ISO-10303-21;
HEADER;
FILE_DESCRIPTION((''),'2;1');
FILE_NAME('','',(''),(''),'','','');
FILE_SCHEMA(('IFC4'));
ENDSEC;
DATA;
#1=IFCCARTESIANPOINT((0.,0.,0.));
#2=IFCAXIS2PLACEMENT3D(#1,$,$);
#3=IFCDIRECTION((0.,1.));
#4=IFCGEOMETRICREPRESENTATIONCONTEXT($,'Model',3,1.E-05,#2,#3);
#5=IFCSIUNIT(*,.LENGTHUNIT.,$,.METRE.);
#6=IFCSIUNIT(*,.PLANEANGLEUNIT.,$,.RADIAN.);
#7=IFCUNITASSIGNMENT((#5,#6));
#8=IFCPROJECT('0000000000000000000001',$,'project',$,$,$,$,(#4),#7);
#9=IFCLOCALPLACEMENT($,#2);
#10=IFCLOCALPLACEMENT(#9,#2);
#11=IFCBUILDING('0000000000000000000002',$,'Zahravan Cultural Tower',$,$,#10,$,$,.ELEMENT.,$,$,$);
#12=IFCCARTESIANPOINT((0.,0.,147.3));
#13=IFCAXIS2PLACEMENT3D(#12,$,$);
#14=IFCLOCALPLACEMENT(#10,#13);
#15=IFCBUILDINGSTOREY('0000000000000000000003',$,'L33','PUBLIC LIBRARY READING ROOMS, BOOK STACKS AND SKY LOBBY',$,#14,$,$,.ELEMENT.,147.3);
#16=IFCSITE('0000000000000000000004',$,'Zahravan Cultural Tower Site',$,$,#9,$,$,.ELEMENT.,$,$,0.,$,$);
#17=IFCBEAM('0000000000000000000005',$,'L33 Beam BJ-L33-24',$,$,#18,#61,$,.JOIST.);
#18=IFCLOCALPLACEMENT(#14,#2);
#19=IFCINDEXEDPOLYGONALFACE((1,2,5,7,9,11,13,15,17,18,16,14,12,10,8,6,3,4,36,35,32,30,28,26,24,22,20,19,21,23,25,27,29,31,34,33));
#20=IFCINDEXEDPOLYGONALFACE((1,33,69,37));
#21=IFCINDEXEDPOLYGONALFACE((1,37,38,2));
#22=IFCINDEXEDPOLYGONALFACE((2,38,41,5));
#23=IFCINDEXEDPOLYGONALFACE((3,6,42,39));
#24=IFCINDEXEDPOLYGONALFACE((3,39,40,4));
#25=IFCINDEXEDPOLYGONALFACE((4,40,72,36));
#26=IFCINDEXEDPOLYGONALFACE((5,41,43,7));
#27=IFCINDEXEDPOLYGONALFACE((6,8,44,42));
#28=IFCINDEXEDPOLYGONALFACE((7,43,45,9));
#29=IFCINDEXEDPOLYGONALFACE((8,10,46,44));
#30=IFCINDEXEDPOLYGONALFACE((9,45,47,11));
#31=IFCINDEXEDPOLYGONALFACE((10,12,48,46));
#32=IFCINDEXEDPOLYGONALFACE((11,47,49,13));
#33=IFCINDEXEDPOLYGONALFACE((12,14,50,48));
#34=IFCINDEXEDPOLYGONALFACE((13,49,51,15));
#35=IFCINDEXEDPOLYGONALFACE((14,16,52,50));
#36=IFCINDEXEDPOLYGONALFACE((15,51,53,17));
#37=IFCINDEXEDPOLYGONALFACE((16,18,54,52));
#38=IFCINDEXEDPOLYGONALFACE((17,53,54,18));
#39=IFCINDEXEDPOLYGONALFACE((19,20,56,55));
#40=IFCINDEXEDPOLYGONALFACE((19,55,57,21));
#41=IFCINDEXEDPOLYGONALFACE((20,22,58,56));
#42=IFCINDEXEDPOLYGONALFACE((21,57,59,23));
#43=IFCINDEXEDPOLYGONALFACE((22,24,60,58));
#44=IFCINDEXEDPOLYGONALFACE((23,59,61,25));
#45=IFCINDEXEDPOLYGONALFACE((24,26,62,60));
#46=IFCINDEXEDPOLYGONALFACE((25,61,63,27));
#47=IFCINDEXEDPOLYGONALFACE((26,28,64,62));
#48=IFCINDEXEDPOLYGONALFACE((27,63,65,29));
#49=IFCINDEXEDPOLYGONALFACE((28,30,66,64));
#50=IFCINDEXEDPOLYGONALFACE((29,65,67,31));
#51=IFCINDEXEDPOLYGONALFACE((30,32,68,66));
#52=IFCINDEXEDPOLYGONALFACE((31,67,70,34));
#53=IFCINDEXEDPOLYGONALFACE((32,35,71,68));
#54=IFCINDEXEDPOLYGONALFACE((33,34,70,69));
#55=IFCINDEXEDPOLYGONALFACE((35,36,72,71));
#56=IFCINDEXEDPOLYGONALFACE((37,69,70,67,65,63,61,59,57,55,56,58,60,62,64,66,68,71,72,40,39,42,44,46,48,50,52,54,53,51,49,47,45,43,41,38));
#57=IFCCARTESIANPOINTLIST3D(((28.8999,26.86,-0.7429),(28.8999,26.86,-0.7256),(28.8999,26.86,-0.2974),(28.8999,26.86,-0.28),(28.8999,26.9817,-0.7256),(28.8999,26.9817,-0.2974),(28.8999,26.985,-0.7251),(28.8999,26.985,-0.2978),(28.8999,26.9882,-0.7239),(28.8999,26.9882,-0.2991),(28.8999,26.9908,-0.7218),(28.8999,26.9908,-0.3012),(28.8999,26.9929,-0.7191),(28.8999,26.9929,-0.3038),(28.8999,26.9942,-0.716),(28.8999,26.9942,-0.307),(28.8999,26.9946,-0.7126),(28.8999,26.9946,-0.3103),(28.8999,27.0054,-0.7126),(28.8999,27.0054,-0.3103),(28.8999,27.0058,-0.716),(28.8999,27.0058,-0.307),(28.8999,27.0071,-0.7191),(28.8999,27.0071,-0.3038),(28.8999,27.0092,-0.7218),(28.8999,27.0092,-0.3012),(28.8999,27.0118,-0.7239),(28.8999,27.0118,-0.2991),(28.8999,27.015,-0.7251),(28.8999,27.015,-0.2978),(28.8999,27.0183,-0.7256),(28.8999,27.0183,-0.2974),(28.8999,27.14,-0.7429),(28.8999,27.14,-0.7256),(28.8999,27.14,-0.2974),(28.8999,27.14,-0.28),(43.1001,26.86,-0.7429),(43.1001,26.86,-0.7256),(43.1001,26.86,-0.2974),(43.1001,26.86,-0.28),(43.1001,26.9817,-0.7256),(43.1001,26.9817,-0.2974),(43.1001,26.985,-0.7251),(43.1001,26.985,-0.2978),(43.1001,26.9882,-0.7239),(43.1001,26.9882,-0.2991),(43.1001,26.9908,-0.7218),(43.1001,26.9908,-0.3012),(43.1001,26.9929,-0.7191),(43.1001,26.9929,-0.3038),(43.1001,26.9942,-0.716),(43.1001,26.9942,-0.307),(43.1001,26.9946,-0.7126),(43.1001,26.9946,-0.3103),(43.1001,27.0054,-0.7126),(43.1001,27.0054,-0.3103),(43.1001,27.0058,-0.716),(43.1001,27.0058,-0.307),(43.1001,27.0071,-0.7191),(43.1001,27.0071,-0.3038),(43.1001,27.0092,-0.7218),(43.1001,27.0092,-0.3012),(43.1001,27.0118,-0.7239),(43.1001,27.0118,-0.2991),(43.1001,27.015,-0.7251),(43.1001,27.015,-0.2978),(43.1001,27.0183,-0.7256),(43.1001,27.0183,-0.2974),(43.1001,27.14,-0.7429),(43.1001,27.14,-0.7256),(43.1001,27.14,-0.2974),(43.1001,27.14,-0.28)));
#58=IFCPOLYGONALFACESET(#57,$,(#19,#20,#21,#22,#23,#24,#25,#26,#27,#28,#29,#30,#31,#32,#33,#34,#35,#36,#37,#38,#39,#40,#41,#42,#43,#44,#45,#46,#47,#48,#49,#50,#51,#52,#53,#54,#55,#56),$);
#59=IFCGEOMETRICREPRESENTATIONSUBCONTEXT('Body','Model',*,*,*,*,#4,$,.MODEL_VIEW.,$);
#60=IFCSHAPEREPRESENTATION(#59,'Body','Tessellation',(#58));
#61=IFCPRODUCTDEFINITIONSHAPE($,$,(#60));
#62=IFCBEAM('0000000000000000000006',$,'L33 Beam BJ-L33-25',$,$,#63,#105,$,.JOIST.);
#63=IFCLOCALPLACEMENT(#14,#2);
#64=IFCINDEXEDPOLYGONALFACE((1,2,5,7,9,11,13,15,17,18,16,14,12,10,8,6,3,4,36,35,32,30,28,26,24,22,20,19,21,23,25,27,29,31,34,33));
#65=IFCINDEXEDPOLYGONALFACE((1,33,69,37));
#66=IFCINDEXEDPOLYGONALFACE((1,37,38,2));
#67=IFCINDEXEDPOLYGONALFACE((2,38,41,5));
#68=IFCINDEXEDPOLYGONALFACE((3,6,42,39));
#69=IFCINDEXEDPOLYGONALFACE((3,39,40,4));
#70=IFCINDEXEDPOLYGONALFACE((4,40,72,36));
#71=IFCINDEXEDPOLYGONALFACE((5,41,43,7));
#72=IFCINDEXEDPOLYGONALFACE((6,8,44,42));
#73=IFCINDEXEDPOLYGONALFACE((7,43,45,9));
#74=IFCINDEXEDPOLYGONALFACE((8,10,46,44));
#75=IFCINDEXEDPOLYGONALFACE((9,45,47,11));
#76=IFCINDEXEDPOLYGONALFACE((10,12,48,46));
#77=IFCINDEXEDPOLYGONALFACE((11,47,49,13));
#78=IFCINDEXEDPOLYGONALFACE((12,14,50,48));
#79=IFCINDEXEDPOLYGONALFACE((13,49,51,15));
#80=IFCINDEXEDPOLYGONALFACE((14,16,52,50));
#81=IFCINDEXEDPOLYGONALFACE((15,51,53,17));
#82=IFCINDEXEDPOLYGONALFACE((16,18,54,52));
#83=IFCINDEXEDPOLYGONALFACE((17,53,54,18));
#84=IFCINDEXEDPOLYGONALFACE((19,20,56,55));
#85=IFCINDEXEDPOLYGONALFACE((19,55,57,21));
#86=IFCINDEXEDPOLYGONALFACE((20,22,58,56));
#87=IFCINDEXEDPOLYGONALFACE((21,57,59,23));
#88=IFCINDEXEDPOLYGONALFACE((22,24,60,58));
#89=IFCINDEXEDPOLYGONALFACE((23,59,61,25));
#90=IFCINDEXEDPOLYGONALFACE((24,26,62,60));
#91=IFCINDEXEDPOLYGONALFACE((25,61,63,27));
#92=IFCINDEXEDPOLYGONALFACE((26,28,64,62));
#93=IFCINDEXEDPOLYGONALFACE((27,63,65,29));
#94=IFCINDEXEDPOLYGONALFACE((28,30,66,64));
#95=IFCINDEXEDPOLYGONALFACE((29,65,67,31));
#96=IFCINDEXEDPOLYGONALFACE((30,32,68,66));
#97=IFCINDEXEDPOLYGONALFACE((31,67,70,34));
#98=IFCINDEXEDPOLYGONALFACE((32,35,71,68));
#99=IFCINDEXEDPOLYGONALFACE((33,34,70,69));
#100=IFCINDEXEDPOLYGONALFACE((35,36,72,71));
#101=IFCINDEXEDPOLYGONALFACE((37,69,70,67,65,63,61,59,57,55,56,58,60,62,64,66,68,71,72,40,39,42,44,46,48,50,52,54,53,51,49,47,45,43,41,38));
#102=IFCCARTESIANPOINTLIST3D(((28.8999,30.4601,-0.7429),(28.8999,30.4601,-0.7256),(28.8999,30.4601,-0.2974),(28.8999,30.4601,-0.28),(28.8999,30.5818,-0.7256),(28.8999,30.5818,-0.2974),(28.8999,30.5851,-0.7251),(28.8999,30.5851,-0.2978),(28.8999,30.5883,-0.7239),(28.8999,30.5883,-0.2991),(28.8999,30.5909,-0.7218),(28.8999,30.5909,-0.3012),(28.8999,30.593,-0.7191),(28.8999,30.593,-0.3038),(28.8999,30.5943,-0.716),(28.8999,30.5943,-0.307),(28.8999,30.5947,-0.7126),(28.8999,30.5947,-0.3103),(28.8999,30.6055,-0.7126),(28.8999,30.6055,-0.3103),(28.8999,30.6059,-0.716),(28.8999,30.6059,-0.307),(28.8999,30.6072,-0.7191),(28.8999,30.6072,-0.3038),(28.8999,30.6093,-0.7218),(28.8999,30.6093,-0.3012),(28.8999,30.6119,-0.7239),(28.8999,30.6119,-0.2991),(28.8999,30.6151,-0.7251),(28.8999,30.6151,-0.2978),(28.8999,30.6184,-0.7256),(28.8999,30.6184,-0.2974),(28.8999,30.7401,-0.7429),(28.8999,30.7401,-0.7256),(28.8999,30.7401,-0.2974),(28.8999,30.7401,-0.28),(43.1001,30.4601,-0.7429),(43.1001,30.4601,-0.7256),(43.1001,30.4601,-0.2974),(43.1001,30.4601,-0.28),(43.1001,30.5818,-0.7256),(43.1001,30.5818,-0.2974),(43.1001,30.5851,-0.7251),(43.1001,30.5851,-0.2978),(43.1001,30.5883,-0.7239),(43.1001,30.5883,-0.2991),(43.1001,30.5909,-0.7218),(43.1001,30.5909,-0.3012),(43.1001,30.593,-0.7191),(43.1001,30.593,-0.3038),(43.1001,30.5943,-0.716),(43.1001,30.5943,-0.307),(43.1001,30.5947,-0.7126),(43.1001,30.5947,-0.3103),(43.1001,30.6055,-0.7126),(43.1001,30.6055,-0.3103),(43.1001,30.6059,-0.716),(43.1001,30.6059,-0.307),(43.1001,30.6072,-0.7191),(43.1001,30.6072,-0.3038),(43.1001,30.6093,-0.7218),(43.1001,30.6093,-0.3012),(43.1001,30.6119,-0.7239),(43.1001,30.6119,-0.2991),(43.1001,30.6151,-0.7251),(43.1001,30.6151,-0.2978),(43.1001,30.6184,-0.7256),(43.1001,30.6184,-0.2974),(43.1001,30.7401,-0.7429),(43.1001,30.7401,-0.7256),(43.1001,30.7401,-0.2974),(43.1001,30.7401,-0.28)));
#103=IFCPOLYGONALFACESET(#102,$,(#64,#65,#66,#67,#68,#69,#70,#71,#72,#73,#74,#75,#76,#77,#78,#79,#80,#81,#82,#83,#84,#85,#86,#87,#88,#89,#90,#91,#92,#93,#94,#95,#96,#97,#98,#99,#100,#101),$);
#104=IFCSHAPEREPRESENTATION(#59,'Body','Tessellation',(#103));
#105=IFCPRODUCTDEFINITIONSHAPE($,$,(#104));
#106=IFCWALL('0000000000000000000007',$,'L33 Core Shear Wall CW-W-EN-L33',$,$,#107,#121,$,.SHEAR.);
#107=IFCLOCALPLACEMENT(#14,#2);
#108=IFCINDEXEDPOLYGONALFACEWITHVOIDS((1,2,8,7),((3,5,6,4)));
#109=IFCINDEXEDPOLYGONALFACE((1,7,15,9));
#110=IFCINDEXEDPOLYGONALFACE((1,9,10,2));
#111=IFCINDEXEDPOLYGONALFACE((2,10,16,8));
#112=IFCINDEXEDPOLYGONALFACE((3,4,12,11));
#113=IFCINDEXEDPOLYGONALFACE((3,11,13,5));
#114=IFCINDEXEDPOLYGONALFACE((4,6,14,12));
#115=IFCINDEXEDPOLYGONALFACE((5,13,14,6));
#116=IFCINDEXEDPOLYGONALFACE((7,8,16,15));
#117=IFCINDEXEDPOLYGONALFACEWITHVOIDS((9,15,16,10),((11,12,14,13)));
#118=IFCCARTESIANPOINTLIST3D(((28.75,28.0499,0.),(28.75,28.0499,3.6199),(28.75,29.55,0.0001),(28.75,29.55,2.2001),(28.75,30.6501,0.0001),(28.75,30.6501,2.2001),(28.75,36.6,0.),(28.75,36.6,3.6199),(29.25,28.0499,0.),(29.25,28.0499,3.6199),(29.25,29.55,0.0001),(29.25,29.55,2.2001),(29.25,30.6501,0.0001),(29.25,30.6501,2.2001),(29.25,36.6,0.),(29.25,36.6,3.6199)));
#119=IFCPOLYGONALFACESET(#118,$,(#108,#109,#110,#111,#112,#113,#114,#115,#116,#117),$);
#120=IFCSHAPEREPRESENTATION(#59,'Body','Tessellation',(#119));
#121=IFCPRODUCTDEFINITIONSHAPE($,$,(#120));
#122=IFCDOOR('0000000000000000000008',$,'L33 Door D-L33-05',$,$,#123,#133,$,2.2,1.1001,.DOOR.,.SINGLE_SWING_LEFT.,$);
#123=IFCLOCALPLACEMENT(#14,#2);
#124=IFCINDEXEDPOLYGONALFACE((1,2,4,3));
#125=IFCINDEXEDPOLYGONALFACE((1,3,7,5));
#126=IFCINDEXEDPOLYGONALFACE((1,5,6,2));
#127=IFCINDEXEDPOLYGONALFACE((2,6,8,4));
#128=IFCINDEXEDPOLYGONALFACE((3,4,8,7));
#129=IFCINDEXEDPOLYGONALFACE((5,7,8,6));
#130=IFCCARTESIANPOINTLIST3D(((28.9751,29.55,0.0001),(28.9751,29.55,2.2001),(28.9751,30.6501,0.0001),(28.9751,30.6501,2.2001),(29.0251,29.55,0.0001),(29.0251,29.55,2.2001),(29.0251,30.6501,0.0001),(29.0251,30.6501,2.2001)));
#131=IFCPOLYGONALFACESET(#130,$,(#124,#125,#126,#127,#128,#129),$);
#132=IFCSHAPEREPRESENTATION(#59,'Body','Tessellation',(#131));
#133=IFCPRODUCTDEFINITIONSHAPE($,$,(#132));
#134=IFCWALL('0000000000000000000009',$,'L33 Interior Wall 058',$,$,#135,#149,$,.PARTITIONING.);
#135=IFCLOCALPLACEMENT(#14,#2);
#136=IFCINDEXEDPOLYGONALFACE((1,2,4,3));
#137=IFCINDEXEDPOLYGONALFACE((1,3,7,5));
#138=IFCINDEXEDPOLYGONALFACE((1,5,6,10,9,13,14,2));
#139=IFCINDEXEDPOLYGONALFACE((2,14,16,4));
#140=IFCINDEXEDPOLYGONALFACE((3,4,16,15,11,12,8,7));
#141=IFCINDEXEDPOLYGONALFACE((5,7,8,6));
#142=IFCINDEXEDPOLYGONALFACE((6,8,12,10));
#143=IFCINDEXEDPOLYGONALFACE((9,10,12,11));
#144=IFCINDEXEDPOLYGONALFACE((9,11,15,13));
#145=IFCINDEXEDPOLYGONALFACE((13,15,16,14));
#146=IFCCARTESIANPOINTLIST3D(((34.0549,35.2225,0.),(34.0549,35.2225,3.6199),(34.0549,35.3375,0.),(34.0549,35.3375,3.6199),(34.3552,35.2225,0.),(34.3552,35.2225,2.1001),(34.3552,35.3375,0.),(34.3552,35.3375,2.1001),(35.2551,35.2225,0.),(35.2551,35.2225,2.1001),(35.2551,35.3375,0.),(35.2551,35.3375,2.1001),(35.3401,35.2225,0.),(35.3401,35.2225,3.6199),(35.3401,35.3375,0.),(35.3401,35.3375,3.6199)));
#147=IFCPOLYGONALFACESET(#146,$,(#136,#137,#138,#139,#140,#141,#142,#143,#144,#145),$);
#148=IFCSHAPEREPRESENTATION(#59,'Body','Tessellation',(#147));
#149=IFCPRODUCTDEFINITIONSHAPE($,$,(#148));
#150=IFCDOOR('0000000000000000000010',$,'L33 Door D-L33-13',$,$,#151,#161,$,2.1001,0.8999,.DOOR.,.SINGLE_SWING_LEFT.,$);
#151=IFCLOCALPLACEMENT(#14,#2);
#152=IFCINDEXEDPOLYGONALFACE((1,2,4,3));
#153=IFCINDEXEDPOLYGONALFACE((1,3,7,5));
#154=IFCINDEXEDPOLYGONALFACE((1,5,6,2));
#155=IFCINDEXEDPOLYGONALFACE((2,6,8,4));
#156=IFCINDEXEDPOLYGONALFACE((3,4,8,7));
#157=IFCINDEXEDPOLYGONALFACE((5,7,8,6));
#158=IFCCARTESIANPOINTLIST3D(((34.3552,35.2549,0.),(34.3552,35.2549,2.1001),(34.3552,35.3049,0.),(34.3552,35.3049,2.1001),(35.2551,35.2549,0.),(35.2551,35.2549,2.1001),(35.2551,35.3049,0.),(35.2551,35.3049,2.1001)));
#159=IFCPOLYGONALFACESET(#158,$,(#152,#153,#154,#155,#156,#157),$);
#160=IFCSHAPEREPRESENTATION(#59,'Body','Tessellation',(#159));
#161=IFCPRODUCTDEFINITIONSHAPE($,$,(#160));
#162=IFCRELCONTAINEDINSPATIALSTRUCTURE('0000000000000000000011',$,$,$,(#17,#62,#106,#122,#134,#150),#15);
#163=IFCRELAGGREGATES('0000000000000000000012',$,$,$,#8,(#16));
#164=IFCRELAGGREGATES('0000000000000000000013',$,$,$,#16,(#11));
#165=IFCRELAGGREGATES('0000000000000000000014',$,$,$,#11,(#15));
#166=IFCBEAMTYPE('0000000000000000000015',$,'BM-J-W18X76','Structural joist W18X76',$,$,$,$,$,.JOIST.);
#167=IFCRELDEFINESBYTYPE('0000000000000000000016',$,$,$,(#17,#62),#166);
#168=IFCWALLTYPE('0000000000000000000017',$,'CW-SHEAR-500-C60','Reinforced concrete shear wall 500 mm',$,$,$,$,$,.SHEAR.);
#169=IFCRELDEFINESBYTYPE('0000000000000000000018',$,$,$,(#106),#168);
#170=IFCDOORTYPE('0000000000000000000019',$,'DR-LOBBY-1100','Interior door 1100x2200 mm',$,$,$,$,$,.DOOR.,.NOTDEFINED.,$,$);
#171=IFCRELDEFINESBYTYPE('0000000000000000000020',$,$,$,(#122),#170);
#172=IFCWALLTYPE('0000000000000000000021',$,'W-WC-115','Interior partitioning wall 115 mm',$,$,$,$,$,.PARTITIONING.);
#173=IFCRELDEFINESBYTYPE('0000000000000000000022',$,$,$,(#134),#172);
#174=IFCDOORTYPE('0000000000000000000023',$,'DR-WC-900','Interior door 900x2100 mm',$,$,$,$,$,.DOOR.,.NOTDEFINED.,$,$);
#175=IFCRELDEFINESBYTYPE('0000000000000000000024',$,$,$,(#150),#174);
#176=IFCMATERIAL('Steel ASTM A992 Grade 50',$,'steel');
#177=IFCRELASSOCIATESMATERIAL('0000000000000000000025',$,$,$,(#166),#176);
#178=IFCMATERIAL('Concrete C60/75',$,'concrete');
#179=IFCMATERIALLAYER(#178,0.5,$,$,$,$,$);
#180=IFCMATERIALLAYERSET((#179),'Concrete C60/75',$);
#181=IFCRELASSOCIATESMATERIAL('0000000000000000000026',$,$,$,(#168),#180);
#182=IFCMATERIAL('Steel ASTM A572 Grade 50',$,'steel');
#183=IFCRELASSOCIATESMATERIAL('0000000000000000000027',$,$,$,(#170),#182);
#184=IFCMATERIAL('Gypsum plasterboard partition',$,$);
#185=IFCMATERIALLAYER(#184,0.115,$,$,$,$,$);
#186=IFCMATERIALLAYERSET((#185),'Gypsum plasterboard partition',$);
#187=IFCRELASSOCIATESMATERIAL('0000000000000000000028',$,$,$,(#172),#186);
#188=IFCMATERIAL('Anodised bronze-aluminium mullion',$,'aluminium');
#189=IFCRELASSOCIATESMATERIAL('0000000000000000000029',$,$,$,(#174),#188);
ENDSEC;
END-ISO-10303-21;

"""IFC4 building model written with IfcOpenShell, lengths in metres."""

from ifc_helpers import new_model, si_unit, direction, frame, frame_2d, origin, origin_2d, place, context, subcontext, project, spatial, rectangle, i_section, extrude, source, transform, mapped, material, layer, layer_set, material_profile, profile_set, type_object, element, fill, save


model = new_model("IFC4")

# Units and contexts
model_context = context("Model", 3, precision=1e-05, world=origin(), true_north=direction((0.0, 1.0)))
body_context = subcontext(model_context, "Body", "Model", "MODEL_VIEW")
ifc_project = project(units=[si_unit("LENGTHUNIT", "METRE"), si_unit("PLANEANGLEUNIT", "RADIAN")], contexts=[model_context])

# Site, building, storey
site_placement = place(None, origin())
site = spatial("IfcSite", under=ifc_project, at=site_placement, Name="Zahravan Cultural Tower Site", CompositionType="ELEMENT", RefElevation=0.0)
building_placement = place(site_placement, origin())
building = spatial("IfcBuilding", under=site, at=building_placement, Name="Zahravan Cultural Tower", CompositionType="ELEMENT")
storey_placement = place(building_placement, frame((0.0, 0.0, 147.3)))
storey = spatial("IfcBuildingStorey", under=building, at=storey_placement, Name="L33", Description="PUBLIC LIBRARY READING ROOMS, BOOK STACKS AND SKY LOBBY", CompositionType="ELEMENT", Elevation=147.3)

# Beams
ifc_material_1 = material(Name="Steel ASTM A992 Grade 50", Category="steel")
ifc_material_profile_1 = material_profile(ifc_material_1, i_section(OverallWidth=0.28, OverallDepth=0.4629, WebThickness=0.0107, FlangeThickness=0.0173, FilletRadius=0.0129, at=origin_2d()), Name="W18X76")
ifc_profile_set_1 = profile_set([ifc_material_profile_1], Name="Steel ASTM A992 Grade 50")
beam_type_1 = type_object("IfcBeamType", Name="BM-J-W18X76", Description="Structural joist W18X76", PredefinedType="JOIST", material=ifc_profile_set_1)
shared_shape_1 = source(origin(), body_context, "Body", "SweptSolid", [
    extrude(i_section(OverallWidth=0.28, OverallDepth=0.4629, WebThickness=0.0107, FlangeThickness=0.0173, FilletRadius=0.0129, at=origin_2d()), origin(), (0.0, 0.0, 1.0), 14.2002),
])
for number, where, z_axis, x_axis, name in (
    (1, (28.8999, 27.0, -0.5115), (1.0, 0.0, 0.0), (0.0, 1.0, 0.0), "L33 Beam BJ-L33-24"),
    (2, (28.8999, 30.6001, -0.5115), (1.0, 0.0, 0.0), (0.0, 1.0, 0.0), "L33 Beam BJ-L33-25"),
):
    element("IfcBeam", number, at=place(storey_placement, frame(where, z_axis=z_axis, x_axis=x_axis)), inside=storey, type_object=beam_type_1, Name=name, PredefinedType="JOIST", context=body_context, shape_type="MappedRepresentation", body=[
        mapped(shared_shape_1, transform((0.0, 0.0, 0.0), x_axis=(1.0, 0.0, 0.0), y_axis=(0.0, 1.0, 0.0), z_axis=(0.0, 0.0, 1.0), scale=1.0)),
    ])

# Walls, openings, doors
ifc_material_2 = material(Name="Concrete C60/75", Category="concrete")
ifc_layer_1 = layer(ifc_material_2, 0.5)
ifc_layer_set_1 = layer_set([ifc_layer_1], Name="Concrete C60/75")
wall_type_1 = type_object("IfcWallType", Name="CW-SHEAR-500-C60", Description="Reinforced concrete shear wall 500 mm", PredefinedType="SHEAR", material=ifc_layer_set_1)
wall_1_placement = place(storey_placement, frame((29.0, 28.05, 0.0), z_axis=(0.0, 0.0, 1.0), x_axis=(0.0, 1.0, 0.0)))
wall_1 = element("IfcWall", 3, at=wall_1_placement, inside=storey, type_object=wall_type_1, Name="L33 Core Shear Wall CW-W-EN-L33", PredefinedType="SHEAR", context=body_context, shape_type="SweptSolid", body=[
    extrude(rectangle(XDim=8.55, YDim=0.5, at=frame_2d((4.2749, 0.0))), origin(), (0.0, 0.0, 1.0), 3.6199),
])
opening_1_placement = place(wall_1_placement, frame((1.5, 0.0, 0.0)))
opening_1 = element("IfcOpeningElement", 4, at=opening_1_placement, cuts=wall_1, PredefinedType="OPENING", context=body_context, shape_type="SweptSolid", body=[
    extrude(rectangle(XDim=1.1001, YDim=2.2, at=frame_2d((0.55, 1.1001))), frame((0.0, 0.26, 0.0), z_axis=(0.0, -1.0, 0.0), x_axis=(1.0, 0.0, 0.0)), (0.0, 0.0, 1.0), 0.52),
])
ifc_material_3 = material(Name="Steel ASTM A572 Grade 50", Category="steel")
door_type_1 = type_object("IfcDoorType", Name="DR-LOBBY-1100", Description="Interior door 1100x2200 mm", OperationType="NOTDEFINED", PredefinedType="DOOR", material=ifc_material_3)
shared_shape_2 = source(origin(), body_context, "Body", "SweptSolid", [
    extrude(rectangle(XDim=1.1001, YDim=2.2, at=frame_2d((0.55, 1.1001))), frame((0.0, 0.0249, 0.0), z_axis=(0.0, -1.0, 0.0), x_axis=(1.0, 0.0, 0.0)), (0.0, 0.0, 1.0), 0.05),
])
door_1_placement = place(opening_1_placement, origin())
door_1 = element("IfcDoor", 5, at=door_1_placement, inside=storey, type_object=door_type_1, Name="L33 Door D-L33-05", OperationType="SINGLE_SWING_LEFT", OverallHeight=2.2, OverallWidth=1.1001, PredefinedType="DOOR", context=body_context, shape_type="MappedRepresentation", body=[
    mapped(shared_shape_2, transform((0.0, 0.0, 0.0), x_axis=(1.0, 0.0, 0.0), y_axis=(0.0, 1.0, 0.0), z_axis=(0.0, 0.0, 1.0), scale=1.0)),
])
fill(opening_1, door_1)
ifc_material_4 = material(Name="Gypsum plasterboard partition")
ifc_material_5 = material(Name="Anodised bronze-aluminium mullion", Category="aluminium")
ifc_layer_2 = layer(ifc_material_4, 0.115)
ifc_layer_set_2 = layer_set([ifc_layer_2], Name="Gypsum plasterboard partition")
wall_type_2 = type_object("IfcWallType", Name="W-WC-115", Description="Interior partitioning wall 115 mm", PredefinedType="PARTITIONING", material=ifc_layer_set_2)
wall_2_placement = place(storey_placement, frame((34.0549, 35.28, 0.0), z_axis=(0.0, 0.0, 1.0), x_axis=(1.0, 0.0, 0.0)))
wall_2 = element("IfcWall", 6, at=wall_2_placement, inside=storey, type_object=wall_type_2, Name="L33 Interior Wall 058", PredefinedType="PARTITIONING", context=body_context, shape_type="SweptSolid", body=[
    extrude(rectangle(XDim=1.2852, YDim=0.115, at=frame_2d((0.6426, 0.0))), origin(), (0.0, 0.0, 1.0), 3.6199),
])
opening_2_placement = place(wall_2_placement, frame((0.3003, 0.0, 0.0)))
opening_2 = element("IfcOpeningElement", 7, at=opening_2_placement, cuts=wall_2, PredefinedType="OPENING", context=body_context, shape_type="SweptSolid", body=[
    extrude(rectangle(XDim=0.8999, YDim=2.1001, at=frame_2d((0.45, 1.05))), frame((0.0, 0.0674, 0.0), z_axis=(0.0, -1.0, 0.0), x_axis=(1.0, 0.0, 0.0)), (0.0, 0.0, 1.0), 0.135),
])
door_type_2 = type_object("IfcDoorType", Name="DR-WC-900", Description="Interior door 900x2100 mm", OperationType="NOTDEFINED", PredefinedType="DOOR", material=ifc_material_5)
shared_shape_3 = source(origin(), body_context, "Body", "SweptSolid", [
    extrude(rectangle(XDim=0.8999, YDim=2.1001, at=frame_2d((0.45, 1.05))), frame((0.0, 0.0249, 0.0), z_axis=(0.0, -1.0, 0.0), x_axis=(1.0, 0.0, 0.0)), (0.0, 0.0, 1.0), 0.05),
])
door_2_placement = place(opening_2_placement, origin())
door_2 = element("IfcDoor", 8, at=door_2_placement, inside=storey, type_object=door_type_2, Name="L33 Door D-L33-13", OperationType="SINGLE_SWING_LEFT", OverallHeight=2.1001, OverallWidth=0.8999, PredefinedType="DOOR", context=body_context, shape_type="MappedRepresentation", body=[
    mapped(shared_shape_3, transform((0.0, 0.0, 0.0), x_axis=(1.0, 0.0, 0.0), y_axis=(0.0, 1.0, 0.0), z_axis=(0.0, 0.0, 1.0), scale=1.0)),
])
fill(opening_2, door_2)

save(model, "model.ifc")
